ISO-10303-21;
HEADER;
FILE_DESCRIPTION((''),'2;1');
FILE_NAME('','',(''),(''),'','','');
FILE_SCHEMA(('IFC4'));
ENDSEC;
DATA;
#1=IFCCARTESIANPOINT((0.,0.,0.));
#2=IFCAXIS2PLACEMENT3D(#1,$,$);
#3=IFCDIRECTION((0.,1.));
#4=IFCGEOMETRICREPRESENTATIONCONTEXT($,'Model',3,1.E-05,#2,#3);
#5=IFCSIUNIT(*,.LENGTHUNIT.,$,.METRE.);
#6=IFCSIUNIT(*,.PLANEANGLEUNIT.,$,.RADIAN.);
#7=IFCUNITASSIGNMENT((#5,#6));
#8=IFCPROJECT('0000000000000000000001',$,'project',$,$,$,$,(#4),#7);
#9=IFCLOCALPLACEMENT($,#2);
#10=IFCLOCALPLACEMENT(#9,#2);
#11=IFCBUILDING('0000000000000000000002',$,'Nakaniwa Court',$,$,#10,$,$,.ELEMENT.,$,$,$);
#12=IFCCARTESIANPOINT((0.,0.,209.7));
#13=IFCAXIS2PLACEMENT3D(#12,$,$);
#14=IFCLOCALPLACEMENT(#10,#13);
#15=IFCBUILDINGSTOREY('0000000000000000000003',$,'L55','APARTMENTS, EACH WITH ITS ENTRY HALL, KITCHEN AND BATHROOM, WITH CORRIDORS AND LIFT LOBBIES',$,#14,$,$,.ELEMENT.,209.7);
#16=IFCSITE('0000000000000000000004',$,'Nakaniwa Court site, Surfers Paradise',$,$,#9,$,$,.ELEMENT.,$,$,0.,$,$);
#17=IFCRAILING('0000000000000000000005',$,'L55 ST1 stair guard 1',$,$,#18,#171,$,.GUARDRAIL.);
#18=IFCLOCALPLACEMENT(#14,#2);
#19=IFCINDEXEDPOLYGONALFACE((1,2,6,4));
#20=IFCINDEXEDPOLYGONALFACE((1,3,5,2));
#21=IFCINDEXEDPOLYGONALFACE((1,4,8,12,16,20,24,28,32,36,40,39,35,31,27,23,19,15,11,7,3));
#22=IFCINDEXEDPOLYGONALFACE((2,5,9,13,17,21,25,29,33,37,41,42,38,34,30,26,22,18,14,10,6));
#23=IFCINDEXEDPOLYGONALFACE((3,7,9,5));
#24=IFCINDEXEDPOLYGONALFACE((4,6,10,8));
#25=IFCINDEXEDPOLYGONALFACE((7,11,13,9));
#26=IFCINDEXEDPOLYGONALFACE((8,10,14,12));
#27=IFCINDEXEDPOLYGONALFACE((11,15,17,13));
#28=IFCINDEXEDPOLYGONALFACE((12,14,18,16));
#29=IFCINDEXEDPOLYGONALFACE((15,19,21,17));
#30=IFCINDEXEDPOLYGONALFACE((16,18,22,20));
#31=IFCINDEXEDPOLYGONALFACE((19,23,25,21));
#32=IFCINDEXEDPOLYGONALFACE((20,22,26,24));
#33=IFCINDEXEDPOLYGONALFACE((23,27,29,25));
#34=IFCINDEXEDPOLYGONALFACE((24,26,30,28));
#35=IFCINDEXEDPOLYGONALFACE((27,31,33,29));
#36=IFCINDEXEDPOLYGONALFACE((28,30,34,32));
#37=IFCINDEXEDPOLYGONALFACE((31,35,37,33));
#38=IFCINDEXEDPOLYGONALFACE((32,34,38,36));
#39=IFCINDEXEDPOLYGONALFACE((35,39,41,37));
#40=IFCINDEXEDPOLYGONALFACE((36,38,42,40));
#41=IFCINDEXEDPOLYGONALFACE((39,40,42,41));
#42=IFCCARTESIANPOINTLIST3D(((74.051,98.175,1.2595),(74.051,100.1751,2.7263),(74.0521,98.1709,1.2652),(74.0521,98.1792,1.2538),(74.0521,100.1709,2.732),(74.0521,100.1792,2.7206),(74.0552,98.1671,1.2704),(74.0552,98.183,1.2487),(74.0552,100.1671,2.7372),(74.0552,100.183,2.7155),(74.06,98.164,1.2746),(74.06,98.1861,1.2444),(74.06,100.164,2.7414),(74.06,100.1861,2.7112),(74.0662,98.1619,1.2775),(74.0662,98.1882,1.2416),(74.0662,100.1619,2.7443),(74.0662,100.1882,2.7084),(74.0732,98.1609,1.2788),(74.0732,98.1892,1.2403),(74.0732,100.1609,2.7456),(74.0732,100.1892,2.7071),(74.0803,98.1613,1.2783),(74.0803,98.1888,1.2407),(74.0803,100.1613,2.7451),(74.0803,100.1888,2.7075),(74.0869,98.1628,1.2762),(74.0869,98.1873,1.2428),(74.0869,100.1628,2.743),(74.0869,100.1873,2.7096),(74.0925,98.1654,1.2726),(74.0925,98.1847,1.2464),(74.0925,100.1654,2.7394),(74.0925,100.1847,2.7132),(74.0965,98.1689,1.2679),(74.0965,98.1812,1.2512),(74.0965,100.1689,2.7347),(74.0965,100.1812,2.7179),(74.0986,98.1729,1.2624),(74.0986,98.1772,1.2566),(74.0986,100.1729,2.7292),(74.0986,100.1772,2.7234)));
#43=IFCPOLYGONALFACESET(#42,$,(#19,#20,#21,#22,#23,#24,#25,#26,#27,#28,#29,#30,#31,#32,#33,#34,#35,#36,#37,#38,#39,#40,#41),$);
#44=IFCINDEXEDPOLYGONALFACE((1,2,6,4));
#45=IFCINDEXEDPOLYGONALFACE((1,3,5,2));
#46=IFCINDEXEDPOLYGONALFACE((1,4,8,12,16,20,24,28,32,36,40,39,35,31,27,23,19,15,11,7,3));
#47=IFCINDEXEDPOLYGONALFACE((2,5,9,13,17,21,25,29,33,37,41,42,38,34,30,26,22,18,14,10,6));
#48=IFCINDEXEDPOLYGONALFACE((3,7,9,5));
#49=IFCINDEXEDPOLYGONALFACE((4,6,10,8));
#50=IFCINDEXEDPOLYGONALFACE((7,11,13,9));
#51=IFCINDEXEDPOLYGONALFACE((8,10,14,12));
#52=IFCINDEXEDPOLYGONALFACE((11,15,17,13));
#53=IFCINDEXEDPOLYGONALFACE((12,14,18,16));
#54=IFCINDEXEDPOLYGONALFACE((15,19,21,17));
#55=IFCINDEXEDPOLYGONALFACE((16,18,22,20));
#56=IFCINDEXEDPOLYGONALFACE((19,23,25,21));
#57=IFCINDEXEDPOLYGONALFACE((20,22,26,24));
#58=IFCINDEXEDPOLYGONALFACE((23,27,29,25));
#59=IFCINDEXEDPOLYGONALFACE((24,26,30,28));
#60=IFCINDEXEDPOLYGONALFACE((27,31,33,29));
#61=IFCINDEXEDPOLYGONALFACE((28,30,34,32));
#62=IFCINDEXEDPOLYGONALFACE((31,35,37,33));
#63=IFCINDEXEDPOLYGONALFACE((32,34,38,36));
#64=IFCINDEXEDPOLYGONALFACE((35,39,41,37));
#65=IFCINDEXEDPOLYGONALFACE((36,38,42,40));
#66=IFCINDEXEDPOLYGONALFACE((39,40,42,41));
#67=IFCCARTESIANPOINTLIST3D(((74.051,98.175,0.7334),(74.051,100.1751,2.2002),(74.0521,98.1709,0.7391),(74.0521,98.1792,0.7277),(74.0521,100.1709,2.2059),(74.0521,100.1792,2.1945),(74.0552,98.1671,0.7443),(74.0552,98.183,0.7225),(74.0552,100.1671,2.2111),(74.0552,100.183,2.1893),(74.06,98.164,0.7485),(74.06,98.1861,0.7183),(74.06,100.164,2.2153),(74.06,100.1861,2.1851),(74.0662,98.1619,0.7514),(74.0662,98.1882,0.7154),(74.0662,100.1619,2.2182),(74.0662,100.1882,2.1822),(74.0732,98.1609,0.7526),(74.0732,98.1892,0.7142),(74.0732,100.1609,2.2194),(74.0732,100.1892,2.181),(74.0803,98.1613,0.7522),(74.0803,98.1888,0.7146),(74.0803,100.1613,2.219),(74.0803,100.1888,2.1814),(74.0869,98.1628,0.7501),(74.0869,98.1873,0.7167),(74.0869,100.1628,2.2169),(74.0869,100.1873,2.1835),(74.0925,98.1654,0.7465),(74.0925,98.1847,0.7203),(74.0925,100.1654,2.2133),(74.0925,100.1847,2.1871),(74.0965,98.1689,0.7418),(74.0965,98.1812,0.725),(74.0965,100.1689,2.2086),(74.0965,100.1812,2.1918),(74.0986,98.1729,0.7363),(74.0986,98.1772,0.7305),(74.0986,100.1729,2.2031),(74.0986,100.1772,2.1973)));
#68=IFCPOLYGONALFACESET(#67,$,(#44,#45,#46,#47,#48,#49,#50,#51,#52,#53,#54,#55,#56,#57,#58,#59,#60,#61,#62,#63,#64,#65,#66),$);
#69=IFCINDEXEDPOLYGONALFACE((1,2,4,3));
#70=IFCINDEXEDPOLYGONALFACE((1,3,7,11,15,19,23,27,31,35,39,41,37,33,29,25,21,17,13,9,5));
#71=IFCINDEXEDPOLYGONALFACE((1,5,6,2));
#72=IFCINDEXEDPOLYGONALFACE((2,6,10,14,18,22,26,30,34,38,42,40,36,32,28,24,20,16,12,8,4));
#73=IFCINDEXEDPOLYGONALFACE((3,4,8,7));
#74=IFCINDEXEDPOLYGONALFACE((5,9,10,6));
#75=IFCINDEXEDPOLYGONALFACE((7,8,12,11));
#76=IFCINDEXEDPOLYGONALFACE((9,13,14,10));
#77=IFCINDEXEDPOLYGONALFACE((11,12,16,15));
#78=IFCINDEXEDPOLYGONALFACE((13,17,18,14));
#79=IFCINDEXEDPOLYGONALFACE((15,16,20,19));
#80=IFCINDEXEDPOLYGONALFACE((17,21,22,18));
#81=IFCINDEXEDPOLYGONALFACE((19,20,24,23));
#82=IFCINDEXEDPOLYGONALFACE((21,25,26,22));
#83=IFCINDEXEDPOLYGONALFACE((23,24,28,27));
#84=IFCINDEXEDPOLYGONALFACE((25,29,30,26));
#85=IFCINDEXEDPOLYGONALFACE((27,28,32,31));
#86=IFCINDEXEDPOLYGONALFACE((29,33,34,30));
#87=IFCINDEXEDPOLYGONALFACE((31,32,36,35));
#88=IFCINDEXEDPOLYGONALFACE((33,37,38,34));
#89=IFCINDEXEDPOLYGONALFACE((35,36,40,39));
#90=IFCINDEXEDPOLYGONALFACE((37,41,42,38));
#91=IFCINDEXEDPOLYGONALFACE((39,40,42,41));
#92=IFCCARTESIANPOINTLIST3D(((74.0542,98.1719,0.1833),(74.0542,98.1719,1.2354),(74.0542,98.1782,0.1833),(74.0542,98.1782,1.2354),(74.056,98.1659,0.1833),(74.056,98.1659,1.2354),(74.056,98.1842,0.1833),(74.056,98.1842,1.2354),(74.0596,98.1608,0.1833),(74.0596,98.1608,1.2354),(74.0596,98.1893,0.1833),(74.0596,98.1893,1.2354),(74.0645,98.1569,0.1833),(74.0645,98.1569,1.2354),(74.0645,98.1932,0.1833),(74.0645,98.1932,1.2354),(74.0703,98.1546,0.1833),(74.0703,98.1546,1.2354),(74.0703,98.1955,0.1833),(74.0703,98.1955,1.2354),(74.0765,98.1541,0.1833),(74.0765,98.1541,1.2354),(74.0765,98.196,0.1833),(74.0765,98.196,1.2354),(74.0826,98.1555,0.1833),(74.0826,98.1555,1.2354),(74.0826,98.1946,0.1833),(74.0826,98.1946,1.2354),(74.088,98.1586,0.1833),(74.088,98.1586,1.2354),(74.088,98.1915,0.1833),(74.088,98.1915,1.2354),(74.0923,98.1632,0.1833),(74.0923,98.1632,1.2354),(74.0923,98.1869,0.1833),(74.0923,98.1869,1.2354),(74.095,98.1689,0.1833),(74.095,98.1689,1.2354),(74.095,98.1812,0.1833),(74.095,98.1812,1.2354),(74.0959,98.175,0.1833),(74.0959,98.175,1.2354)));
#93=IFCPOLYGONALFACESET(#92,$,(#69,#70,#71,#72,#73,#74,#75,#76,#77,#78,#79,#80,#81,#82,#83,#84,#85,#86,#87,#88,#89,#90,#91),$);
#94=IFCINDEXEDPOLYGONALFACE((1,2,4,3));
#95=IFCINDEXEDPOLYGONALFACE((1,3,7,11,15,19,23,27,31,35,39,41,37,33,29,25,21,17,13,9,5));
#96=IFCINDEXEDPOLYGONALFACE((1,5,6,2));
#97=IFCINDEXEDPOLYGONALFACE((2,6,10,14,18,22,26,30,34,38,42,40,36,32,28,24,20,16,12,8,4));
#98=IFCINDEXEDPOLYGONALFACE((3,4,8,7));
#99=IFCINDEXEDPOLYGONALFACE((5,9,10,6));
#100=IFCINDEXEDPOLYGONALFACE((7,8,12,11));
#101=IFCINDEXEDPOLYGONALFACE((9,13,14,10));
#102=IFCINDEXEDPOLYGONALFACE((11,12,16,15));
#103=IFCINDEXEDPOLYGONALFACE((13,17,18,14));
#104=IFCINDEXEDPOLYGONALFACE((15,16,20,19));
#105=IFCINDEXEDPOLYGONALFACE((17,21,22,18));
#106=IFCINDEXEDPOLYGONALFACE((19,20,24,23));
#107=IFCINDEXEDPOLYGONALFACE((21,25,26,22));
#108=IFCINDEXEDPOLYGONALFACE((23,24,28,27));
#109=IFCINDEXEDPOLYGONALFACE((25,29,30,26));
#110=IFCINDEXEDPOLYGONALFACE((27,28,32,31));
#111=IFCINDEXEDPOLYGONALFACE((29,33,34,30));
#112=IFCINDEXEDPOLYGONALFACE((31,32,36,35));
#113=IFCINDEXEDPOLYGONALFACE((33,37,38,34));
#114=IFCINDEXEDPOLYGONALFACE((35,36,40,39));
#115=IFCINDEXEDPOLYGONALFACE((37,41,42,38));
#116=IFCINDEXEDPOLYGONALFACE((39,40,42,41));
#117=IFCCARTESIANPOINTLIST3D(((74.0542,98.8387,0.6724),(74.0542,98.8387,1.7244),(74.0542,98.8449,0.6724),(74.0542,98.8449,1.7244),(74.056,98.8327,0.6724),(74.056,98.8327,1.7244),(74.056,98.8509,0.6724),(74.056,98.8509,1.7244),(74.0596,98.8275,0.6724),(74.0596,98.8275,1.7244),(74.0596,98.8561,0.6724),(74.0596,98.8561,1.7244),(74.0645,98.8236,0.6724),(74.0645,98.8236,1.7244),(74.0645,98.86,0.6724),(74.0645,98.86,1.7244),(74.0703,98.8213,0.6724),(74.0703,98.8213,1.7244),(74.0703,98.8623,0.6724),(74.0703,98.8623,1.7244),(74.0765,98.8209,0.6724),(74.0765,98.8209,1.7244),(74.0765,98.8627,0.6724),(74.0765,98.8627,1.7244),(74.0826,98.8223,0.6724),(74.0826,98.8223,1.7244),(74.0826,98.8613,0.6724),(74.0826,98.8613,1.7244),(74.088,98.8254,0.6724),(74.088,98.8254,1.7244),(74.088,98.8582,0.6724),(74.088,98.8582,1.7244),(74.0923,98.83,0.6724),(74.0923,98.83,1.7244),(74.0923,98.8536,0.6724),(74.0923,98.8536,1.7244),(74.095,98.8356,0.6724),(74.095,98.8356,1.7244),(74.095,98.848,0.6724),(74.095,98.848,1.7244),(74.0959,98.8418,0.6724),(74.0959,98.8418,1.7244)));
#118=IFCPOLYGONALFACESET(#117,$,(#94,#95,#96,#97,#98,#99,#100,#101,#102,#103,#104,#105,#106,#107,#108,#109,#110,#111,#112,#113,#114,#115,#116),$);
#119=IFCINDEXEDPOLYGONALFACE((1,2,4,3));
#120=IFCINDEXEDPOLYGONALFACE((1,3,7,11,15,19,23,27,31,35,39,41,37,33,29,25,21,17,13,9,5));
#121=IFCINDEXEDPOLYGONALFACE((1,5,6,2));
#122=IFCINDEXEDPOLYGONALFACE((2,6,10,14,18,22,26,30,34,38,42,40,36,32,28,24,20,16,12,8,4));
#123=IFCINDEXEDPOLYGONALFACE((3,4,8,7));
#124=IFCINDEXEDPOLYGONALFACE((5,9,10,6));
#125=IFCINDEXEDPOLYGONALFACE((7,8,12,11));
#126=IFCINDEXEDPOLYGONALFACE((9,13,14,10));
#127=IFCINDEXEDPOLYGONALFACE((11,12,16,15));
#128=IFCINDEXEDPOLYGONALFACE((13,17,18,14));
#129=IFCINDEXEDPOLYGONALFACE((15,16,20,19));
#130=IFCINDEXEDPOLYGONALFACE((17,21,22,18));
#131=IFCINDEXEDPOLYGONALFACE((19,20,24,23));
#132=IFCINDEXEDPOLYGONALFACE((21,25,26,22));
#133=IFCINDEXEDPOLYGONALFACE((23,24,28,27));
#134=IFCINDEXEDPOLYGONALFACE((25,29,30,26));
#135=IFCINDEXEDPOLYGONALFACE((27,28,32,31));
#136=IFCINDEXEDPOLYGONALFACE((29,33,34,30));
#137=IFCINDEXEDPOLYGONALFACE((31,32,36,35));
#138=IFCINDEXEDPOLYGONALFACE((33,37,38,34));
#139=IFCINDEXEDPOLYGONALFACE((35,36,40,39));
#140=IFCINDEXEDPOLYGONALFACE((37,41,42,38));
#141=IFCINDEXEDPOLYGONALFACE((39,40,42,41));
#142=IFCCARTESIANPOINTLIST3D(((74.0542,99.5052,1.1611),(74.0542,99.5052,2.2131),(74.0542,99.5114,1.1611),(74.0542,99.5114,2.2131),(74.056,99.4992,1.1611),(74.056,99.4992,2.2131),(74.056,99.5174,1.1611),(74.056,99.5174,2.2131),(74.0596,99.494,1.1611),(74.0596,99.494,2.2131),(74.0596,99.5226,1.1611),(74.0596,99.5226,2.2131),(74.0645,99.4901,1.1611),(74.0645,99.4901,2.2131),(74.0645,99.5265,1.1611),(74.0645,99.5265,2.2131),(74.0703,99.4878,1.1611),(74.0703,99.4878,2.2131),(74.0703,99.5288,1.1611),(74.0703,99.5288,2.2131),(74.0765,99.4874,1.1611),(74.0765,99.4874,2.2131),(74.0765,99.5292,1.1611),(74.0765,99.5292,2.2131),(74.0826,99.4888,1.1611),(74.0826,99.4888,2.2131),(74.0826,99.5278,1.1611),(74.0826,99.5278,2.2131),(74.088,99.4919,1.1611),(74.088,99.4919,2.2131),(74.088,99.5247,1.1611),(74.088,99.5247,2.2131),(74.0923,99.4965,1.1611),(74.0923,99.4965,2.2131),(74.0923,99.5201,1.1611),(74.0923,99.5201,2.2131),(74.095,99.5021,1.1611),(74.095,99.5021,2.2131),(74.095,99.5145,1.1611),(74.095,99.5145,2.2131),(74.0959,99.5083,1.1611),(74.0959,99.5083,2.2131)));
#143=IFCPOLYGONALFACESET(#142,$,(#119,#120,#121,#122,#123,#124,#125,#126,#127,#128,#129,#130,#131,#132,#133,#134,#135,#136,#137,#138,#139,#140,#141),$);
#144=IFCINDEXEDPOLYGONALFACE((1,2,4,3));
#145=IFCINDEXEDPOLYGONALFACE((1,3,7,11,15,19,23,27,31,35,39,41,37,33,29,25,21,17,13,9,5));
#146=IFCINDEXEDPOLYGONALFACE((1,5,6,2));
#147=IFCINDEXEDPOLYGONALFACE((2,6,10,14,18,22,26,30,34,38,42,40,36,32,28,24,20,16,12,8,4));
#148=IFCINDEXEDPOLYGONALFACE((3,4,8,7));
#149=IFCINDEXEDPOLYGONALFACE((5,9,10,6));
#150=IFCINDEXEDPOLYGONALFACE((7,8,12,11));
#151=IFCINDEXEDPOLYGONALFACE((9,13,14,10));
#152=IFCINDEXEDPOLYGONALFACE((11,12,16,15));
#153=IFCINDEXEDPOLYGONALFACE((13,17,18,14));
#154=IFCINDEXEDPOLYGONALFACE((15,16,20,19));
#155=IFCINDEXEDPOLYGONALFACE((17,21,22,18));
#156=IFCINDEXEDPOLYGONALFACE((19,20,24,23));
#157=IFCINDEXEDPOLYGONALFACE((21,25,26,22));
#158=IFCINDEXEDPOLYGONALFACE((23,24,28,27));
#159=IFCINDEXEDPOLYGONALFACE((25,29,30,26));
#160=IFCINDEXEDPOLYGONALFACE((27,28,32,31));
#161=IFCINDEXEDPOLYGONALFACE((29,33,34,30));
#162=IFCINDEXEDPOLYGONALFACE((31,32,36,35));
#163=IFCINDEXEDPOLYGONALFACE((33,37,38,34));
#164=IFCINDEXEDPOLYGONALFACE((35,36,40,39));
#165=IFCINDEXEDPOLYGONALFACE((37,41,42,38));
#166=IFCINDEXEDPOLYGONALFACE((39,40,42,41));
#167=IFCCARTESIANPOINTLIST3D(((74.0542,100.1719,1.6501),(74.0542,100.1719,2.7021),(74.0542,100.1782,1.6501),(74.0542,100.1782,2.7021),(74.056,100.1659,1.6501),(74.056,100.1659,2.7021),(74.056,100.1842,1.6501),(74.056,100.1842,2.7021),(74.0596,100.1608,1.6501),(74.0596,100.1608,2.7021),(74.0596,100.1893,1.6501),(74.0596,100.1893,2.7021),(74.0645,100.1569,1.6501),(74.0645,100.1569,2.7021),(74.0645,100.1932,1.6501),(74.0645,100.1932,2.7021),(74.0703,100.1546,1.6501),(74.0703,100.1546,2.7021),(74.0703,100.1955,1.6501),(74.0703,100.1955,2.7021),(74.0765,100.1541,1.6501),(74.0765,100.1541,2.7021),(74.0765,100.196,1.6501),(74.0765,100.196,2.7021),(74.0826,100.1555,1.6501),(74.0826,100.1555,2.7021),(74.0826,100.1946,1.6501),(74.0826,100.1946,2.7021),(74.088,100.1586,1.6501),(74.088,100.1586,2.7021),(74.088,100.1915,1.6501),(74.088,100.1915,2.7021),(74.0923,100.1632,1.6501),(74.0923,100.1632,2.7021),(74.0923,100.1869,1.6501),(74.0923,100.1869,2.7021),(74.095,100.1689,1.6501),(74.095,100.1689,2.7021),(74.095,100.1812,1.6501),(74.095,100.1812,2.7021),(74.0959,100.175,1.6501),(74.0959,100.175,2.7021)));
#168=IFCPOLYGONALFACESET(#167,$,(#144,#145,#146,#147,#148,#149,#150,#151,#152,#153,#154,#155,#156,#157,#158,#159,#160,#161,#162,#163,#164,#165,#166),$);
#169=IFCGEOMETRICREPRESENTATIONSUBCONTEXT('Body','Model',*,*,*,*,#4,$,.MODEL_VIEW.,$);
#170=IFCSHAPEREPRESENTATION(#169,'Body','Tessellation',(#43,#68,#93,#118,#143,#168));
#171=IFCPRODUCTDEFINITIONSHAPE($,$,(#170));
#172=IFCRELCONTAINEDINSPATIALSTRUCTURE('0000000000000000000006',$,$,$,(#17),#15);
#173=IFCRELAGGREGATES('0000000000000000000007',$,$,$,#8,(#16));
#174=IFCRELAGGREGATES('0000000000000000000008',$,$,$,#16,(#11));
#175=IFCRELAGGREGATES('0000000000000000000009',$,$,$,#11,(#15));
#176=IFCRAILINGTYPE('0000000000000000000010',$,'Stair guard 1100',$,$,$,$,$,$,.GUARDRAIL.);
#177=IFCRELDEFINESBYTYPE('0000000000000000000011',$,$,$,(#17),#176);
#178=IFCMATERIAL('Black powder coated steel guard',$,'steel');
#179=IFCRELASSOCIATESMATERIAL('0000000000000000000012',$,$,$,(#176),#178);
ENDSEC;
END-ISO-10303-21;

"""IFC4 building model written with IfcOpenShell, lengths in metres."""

from ifc_helpers import new_model, si_unit, direction, frame, origin, origin_2d, place, context, subcontext, project, spatial, circle, extrude, material, type_object, element, save


model = new_model("IFC4")

# Units and contexts
model_context = context("Model", 3, precision=1e-05, world=origin(), true_north=direction((0.0, 1.0)))
body_context = subcontext(model_context, "Body", "Model", "MODEL_VIEW")
ifc_project = project(units=[si_unit("LENGTHUNIT", "METRE"), si_unit("PLANEANGLEUNIT", "RADIAN")], contexts=[model_context])

# Site, building, storey
site_placement = place(None, origin())
site = spatial("IfcSite", under=ifc_project, at=site_placement, Name="Nakaniwa Court site, Surfers Paradise", CompositionType="ELEMENT", RefElevation=0.0)
building_placement = place(site_placement, origin())
building = spatial("IfcBuilding", under=site, at=building_placement, Name="Nakaniwa Court", CompositionType="ELEMENT")
storey_placement = place(building_placement, frame((0.0, 0.0, 209.7)))
storey = spatial("IfcBuildingStorey", under=building, at=storey_placement, Name="L55", Description="APARTMENTS, EACH WITH ITS ENTRY HALL, KITCHEN AND BATHROOM, WITH CORRIDORS AND LIFT LOBBIES", CompositionType="ELEMENT", Elevation=209.7)

# Railing
ifc_material_1 = material(Name="Black powder coated steel guard", Category="steel")
railing_type_1 = type_object("IfcRailingType", Name="Stair guard 1100", PredefinedType="GUARDRAIL", material=ifc_material_1)
railing_1_placement = place(storey_placement, frame((74.075, 98.175, 0.1833)))
element("IfcRailing", 1, at=railing_1_placement, inside=storey, type_object=railing_type_1, Name="L55 ST1 stair guard 1", PredefinedType="GUARDRAIL", context=body_context, shape_type="SweptSolid", body=[
    extrude(circle(Radius=0.0239, at=origin_2d()), frame((0.0, 0.0, 1.0762), z_axis=(0.0, 0.80638, 0.591398), x_axis=(-1.0, 0.0, 0.0)), (0.0, 0.0, 1.0), 2.4802),
    extrude(circle(Radius=0.0239, at=origin_2d()), frame((0.0, 0.0, 0.55), z_axis=(0.0, 0.80638, 0.591398), x_axis=(-1.0, 0.0, 0.0)), (0.0, 0.0, 1.0), 2.4802),
    extrude(circle(Radius=0.021, at=origin_2d()), origin(), (0.0, 0.0, 1.0), 1.052),
    extrude(circle(Radius=0.021, at=origin_2d()), frame((0.0, 0.6667, 0.489)), (0.0, 0.0, 1.0), 1.052),
    extrude(circle(Radius=0.021, at=origin_2d()), frame((0.0, 1.3333, 0.9778)), (0.0, 0.0, 1.0), 1.052),
    extrude(circle(Radius=0.021, at=origin_2d()), frame((0.0, 2.0, 1.4668)), (0.0, 0.0, 1.0), 1.052),
])

save(model, "model.ifc")
